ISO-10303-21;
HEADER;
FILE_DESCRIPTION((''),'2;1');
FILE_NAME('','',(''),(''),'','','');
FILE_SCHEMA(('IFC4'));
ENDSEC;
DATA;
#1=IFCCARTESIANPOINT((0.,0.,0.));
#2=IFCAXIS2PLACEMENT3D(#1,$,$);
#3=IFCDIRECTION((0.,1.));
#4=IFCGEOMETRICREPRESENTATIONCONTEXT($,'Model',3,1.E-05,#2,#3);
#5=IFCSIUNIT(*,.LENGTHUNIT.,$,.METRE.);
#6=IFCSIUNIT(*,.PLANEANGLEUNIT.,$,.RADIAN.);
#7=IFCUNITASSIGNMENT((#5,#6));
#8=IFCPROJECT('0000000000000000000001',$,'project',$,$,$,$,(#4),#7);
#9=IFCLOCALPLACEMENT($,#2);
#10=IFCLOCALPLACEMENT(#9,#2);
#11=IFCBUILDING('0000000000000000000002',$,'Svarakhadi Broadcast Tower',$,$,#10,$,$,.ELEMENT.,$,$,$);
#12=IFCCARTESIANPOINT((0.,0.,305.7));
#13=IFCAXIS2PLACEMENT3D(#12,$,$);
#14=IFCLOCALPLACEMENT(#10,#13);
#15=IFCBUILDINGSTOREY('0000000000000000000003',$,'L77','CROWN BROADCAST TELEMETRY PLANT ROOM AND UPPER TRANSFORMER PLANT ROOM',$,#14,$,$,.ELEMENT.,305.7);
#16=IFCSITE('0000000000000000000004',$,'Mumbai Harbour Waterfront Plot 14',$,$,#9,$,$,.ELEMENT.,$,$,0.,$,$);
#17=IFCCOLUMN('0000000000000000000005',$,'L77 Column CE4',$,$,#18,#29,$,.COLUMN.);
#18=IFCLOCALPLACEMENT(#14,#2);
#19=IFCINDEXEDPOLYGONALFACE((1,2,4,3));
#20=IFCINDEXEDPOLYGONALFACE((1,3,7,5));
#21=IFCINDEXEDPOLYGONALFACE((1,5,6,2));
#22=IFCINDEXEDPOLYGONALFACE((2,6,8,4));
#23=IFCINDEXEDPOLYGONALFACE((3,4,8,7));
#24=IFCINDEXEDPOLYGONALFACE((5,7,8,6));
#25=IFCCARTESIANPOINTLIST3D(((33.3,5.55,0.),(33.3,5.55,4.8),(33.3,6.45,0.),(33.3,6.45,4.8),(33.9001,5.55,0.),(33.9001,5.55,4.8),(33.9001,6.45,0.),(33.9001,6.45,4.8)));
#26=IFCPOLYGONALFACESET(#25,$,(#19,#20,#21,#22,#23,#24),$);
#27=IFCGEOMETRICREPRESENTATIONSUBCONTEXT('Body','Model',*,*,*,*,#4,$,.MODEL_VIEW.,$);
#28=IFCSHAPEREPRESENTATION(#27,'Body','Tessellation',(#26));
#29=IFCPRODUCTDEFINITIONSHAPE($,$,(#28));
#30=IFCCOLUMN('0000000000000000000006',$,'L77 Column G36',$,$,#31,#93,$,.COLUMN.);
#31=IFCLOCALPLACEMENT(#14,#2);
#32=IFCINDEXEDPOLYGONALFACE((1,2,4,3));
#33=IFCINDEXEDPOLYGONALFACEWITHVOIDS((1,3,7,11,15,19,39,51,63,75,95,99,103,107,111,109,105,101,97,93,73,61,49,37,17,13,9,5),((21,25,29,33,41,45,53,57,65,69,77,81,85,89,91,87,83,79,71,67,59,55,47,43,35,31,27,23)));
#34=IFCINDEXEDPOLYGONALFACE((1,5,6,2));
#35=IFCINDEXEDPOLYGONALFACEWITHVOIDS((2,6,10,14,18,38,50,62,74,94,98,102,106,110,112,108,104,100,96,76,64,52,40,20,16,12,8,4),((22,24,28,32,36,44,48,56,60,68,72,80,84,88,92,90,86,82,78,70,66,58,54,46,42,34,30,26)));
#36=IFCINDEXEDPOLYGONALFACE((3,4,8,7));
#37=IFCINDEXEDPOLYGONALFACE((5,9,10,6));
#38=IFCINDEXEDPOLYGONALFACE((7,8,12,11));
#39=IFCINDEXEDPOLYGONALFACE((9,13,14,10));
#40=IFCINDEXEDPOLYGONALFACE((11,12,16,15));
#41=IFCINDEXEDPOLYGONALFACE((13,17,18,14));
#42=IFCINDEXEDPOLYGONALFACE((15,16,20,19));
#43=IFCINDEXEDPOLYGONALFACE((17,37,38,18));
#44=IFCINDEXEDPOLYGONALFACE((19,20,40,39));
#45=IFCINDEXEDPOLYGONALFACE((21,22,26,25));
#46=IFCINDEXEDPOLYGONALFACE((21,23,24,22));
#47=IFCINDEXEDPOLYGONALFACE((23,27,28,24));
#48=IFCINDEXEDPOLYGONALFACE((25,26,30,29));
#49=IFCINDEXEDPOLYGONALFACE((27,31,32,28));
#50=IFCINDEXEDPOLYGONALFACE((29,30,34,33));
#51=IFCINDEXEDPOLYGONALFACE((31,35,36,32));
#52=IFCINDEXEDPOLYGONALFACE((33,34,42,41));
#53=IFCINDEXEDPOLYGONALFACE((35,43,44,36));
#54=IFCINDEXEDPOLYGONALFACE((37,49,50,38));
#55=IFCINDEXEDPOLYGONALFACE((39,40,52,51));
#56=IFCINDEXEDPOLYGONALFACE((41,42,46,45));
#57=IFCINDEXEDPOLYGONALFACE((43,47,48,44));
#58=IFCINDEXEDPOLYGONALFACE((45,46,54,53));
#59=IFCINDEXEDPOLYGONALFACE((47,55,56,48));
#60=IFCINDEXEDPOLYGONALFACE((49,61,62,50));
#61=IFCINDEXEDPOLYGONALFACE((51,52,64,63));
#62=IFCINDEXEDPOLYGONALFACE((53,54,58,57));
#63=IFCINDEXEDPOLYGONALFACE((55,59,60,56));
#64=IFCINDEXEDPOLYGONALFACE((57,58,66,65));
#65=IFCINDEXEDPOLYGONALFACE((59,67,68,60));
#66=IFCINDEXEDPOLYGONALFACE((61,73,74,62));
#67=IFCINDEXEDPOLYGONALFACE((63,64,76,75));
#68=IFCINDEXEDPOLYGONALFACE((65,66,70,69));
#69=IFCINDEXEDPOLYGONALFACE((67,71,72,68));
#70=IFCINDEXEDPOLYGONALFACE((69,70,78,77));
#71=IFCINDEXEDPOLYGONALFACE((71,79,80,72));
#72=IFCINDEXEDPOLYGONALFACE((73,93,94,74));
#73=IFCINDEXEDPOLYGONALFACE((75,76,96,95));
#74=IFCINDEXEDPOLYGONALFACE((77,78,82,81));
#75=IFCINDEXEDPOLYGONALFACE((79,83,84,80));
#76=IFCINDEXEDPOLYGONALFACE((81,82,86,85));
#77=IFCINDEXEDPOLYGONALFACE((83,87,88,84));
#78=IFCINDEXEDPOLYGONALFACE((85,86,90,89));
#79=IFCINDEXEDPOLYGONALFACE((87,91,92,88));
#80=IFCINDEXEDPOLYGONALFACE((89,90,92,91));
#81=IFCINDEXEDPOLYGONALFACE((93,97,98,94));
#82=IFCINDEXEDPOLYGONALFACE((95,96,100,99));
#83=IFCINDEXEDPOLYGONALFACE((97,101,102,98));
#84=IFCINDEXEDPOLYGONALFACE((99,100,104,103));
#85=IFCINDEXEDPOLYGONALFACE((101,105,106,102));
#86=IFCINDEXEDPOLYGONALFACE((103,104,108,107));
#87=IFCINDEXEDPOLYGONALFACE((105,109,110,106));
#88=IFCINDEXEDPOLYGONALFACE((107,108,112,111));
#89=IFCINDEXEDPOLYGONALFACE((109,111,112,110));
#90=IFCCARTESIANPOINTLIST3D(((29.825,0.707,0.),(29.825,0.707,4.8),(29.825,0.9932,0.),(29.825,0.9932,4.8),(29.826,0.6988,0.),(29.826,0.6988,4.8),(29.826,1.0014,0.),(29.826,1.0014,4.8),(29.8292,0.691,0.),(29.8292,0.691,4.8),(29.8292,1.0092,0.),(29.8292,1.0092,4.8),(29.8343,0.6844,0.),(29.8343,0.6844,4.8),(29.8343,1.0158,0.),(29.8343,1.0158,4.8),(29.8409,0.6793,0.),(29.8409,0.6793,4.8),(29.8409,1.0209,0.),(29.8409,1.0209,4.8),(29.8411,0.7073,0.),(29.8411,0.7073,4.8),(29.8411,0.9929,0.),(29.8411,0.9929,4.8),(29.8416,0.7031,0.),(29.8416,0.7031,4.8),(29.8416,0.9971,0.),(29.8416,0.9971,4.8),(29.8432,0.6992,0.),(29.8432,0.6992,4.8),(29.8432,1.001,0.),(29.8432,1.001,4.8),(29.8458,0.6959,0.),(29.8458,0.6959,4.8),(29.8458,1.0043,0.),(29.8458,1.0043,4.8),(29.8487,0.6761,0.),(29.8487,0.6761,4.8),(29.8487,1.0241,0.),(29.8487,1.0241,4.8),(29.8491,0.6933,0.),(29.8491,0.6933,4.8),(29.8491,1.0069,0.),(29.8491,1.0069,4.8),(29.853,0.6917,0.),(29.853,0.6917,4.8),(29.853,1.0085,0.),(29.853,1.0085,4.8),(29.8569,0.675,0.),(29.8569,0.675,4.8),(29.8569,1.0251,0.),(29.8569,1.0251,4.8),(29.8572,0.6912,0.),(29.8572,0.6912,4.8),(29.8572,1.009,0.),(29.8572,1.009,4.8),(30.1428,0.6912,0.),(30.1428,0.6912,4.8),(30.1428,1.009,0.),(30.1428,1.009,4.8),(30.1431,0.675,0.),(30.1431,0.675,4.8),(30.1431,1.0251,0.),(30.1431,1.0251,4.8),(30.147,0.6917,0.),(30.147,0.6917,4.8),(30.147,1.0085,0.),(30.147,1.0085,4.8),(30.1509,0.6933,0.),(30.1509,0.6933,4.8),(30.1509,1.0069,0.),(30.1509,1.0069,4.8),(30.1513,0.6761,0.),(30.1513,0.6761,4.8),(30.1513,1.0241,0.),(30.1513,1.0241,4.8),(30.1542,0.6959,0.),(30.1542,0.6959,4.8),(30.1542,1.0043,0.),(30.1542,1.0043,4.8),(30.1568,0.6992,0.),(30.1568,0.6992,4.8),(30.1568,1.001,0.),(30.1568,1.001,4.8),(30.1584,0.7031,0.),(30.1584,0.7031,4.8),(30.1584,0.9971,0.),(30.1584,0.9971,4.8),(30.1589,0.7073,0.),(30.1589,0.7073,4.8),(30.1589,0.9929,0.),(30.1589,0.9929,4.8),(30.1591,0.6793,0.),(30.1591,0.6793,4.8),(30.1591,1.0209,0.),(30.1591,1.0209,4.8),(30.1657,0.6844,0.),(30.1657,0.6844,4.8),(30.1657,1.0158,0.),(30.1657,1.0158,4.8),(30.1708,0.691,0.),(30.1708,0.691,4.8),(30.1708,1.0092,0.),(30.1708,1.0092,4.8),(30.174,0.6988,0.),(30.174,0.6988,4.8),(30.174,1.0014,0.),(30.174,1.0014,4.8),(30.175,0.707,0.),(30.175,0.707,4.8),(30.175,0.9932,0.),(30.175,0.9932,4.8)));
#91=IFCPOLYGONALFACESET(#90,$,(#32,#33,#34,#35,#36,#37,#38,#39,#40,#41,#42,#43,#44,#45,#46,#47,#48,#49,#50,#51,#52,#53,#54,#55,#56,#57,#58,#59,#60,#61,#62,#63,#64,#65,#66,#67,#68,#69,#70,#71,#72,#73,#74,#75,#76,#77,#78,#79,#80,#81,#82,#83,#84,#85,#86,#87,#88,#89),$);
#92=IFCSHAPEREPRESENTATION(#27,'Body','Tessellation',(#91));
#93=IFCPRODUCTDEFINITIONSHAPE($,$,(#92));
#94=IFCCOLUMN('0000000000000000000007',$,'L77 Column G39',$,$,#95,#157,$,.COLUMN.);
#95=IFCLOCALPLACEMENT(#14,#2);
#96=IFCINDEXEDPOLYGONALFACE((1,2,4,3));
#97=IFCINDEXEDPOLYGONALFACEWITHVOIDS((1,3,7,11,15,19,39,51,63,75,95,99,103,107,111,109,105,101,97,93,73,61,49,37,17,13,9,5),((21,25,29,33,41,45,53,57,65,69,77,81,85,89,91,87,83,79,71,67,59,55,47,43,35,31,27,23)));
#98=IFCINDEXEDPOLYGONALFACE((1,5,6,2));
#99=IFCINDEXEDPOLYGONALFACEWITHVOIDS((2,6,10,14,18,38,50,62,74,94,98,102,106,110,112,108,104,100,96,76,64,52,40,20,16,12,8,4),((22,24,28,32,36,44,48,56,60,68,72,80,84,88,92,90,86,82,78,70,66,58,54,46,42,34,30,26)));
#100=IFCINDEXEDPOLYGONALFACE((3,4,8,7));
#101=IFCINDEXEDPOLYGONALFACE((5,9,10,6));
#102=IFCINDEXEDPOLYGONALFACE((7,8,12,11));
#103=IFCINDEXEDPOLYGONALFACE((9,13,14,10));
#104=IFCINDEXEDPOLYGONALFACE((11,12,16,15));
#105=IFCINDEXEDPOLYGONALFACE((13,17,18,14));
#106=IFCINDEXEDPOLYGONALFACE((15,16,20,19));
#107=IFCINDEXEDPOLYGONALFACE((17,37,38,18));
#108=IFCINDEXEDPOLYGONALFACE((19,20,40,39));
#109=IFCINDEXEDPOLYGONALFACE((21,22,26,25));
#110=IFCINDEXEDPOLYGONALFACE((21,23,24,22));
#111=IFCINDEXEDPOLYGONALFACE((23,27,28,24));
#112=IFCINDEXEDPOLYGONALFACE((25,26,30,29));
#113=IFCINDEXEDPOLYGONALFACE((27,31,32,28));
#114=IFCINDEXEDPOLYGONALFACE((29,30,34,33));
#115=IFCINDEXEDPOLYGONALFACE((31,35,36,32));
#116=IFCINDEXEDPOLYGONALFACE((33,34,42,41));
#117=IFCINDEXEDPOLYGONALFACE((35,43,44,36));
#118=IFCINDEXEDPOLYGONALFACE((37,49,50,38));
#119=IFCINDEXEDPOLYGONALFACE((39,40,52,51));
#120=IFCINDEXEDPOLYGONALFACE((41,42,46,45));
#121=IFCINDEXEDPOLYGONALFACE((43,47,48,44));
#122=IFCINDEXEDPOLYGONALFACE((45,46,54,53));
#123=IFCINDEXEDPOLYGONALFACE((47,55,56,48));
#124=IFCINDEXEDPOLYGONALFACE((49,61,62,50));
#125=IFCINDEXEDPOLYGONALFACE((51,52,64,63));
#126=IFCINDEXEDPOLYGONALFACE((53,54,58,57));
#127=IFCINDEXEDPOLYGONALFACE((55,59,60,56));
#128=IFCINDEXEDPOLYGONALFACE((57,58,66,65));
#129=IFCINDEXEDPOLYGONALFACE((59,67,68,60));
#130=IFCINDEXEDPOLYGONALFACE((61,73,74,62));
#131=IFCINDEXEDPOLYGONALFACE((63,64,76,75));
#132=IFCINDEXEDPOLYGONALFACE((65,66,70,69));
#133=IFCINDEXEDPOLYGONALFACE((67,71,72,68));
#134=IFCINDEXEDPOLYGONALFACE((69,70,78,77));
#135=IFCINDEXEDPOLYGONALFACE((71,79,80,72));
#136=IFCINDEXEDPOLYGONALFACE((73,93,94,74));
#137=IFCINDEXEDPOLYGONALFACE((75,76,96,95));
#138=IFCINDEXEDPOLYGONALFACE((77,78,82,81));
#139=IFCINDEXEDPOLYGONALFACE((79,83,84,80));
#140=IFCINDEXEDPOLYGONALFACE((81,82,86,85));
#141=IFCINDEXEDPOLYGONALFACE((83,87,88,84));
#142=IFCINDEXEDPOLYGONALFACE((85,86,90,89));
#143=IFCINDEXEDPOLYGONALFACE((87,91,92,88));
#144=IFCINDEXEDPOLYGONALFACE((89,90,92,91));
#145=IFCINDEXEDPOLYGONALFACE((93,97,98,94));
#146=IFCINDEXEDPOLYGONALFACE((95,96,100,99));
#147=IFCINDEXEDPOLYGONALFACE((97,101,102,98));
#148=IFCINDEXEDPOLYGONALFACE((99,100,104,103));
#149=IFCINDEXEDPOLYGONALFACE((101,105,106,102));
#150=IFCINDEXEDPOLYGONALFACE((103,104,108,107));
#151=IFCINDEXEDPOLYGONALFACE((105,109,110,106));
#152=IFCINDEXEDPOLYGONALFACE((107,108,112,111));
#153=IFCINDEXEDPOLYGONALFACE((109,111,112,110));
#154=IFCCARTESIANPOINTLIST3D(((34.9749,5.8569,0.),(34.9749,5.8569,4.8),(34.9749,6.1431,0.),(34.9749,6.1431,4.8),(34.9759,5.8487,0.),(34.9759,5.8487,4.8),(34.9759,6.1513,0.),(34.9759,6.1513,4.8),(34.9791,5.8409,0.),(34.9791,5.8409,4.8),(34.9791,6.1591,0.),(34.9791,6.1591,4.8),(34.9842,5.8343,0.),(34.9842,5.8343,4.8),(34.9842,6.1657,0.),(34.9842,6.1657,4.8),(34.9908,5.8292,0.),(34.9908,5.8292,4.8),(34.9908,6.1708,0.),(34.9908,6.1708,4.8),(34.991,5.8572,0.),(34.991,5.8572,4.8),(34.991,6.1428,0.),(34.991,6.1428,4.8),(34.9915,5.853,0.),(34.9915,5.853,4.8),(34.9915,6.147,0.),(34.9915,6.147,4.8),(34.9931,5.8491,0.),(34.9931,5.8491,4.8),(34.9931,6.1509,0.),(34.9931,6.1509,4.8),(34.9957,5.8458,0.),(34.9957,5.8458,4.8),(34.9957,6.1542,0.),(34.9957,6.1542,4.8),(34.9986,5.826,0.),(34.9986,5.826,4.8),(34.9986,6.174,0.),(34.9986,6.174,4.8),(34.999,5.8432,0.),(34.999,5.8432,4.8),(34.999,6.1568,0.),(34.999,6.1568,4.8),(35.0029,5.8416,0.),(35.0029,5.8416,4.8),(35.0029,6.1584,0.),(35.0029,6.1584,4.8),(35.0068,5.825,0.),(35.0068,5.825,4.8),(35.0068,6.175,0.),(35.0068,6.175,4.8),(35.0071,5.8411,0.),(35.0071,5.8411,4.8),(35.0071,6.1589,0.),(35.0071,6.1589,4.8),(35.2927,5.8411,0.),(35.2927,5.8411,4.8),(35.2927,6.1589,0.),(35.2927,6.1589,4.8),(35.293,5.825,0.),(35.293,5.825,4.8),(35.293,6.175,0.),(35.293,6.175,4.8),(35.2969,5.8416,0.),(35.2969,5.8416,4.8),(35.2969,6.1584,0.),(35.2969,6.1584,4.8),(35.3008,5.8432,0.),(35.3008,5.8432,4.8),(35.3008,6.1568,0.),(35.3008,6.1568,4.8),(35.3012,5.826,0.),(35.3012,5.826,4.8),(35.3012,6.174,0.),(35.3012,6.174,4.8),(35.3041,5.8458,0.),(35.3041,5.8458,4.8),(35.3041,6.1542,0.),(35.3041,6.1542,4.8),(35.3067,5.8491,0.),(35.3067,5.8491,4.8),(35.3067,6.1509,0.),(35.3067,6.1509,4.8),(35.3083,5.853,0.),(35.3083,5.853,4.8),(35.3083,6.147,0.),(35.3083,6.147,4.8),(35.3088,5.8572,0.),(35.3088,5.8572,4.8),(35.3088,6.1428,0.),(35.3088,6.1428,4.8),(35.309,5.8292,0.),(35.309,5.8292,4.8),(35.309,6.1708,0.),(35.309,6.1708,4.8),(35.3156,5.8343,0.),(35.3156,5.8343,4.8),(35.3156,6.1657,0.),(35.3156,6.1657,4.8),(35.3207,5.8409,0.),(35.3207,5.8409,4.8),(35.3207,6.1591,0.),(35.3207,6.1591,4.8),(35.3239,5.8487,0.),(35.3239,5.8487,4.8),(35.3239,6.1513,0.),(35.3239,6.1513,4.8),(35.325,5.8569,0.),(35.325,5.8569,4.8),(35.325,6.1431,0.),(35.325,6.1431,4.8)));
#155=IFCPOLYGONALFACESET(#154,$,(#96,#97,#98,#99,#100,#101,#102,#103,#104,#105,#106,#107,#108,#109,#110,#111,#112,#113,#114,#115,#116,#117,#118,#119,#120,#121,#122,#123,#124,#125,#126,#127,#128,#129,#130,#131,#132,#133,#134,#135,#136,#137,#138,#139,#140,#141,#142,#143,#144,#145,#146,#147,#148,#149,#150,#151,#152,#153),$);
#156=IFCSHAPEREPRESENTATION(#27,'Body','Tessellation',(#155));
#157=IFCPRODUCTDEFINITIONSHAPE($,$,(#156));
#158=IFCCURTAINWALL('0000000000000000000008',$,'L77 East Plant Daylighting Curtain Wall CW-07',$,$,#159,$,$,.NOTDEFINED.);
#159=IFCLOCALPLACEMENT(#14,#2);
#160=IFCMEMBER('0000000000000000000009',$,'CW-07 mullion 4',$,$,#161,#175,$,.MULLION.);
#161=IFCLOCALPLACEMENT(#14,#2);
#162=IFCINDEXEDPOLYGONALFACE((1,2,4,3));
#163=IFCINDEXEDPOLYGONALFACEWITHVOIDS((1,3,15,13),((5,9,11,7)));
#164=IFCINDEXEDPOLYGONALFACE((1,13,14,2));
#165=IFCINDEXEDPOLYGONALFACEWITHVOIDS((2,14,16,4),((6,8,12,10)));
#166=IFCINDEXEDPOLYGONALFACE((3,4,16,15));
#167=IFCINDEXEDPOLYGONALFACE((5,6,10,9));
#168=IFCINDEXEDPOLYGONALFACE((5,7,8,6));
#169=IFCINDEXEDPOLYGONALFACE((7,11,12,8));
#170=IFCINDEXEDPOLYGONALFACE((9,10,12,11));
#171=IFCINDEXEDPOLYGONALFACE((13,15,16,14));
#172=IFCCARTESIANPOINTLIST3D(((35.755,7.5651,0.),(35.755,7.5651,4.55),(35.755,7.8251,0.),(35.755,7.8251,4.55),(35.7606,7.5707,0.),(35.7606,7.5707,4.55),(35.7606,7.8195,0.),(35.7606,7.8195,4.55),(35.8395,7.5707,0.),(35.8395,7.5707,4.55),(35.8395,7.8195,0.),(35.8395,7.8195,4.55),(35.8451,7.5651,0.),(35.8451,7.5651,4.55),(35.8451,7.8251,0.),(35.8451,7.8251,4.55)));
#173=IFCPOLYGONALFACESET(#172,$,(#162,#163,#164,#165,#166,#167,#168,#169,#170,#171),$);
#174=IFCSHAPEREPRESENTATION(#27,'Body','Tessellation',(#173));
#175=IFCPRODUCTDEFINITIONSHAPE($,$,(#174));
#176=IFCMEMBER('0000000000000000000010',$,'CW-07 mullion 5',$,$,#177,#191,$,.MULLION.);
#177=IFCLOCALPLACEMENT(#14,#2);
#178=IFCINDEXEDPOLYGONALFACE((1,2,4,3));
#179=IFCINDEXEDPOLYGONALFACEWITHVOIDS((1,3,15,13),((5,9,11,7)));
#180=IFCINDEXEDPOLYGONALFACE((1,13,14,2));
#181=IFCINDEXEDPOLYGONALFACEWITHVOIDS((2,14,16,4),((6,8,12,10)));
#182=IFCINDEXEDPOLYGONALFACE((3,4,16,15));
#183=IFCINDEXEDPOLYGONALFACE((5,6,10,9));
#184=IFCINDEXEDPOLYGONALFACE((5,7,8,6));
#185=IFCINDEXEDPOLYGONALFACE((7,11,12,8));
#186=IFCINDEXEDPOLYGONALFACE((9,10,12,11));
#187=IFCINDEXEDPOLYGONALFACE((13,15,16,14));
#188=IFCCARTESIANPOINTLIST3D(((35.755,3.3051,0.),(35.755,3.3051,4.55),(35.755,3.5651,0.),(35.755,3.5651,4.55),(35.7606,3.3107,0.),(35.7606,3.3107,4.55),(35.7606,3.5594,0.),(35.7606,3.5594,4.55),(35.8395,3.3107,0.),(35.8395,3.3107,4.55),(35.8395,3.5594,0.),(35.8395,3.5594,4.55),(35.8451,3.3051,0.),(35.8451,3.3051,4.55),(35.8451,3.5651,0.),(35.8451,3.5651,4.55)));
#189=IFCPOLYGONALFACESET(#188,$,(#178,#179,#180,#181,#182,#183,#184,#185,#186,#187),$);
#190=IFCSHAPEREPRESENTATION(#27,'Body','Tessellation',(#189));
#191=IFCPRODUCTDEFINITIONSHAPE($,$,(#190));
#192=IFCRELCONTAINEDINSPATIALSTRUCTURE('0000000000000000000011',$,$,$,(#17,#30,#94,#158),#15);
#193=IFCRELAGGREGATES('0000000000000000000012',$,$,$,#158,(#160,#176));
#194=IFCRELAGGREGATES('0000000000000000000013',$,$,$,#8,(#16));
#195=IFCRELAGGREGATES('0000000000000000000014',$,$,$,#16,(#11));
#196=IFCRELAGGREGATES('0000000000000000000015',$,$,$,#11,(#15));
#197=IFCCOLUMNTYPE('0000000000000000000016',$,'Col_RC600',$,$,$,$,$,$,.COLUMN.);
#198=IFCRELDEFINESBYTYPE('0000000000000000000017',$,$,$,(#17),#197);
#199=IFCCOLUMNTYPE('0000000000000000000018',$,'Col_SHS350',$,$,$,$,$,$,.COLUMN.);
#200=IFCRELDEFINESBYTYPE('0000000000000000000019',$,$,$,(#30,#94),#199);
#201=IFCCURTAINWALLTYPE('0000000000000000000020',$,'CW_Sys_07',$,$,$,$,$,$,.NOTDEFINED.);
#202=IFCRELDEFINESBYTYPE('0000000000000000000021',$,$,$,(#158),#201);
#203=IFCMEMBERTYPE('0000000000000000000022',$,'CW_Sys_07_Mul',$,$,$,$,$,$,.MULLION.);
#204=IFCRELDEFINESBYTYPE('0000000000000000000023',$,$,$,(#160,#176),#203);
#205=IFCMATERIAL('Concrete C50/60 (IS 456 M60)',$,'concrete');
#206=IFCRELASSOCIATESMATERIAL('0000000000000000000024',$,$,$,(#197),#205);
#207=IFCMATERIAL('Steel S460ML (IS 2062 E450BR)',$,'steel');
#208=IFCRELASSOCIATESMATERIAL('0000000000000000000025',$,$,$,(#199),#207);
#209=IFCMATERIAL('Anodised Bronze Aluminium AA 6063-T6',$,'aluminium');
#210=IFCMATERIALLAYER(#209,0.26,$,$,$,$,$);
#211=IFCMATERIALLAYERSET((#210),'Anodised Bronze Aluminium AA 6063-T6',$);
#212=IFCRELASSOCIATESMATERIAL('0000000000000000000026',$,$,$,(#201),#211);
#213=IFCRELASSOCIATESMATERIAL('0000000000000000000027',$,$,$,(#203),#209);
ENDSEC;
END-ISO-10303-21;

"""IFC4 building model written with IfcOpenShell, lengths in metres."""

from ifc_helpers import new_model, si_unit, direction, frame, origin, origin_2d, place, context, subcontext, project, spatial, rectangle, hollow_rectangle, extrude, material, layer, layer_set, material_profile, profile_set, type_object, element, aggregate, save


model = new_model("IFC4")

# Units and contexts
model_context = context("Model", 3, precision=1e-05, world=origin(), true_north=direction((0.0, 1.0)))
body_context = subcontext(model_context, "Body", "Model", "MODEL_VIEW")
ifc_project = project(units=[si_unit("LENGTHUNIT", "METRE"), si_unit("PLANEANGLEUNIT", "RADIAN")], contexts=[model_context])

# Site, building, storey
site_placement = place(None, origin())
site = spatial("IfcSite", under=ifc_project, at=site_placement, Name="Mumbai Harbour Waterfront Plot 14", CompositionType="ELEMENT", RefElevation=0.0)
building_placement = place(site_placement, origin())
building = spatial("IfcBuilding", under=site, at=building_placement, Name="Svarakhadi Broadcast Tower", CompositionType="ELEMENT")
storey_placement = place(building_placement, frame((0.0, 0.0, 305.7)))
storey = spatial("IfcBuildingStorey", under=building, at=storey_placement, Name="L77", Description="CROWN BROADCAST TELEMETRY PLANT ROOM AND UPPER TRANSFORMER PLANT ROOM", CompositionType="ELEMENT", Elevation=305.7)

# Columns
ifc_material_1 = material(Name="Concrete C50/60 (IS 456 M60)", Category="concrete")
ifc_material_profile_1 = material_profile(ifc_material_1, rectangle(XDim=0.6001, YDim=0.8999, at=origin_2d()), Name="RC 600x900")
ifc_profile_set_1 = profile_set([ifc_material_profile_1], Name="Concrete C50/60 (IS 456 M60)")
column_type_1 = type_object("IfcColumnType", Name="Col_RC600", PredefinedType="COLUMN", material=ifc_profile_set_1)
column_placement = place(storey_placement, frame((33.6001, 6.0, 0.0), z_axis=(0.0, 0.0, 1.0), x_axis=(1.0, 0.0, 0.0)))
element("IfcColumn", 1, at=column_placement, inside=storey, type_object=column_type_1, Name="L77 Column CE4", PredefinedType="COLUMN", context=body_context, shape_type="SweptSolid", body=[
    extrude(rectangle(XDim=0.6001, YDim=0.8999, at=origin_2d()), origin(), (0.0, 0.0, 1.0), 4.8),
])
ifc_material_2 = material(Name="Steel S460ML (IS 2062 E450BR)", Category="steel")
ifc_material_profile_2 = material_profile(ifc_material_2, hollow_rectangle(XDim=0.3501, YDim=0.3501, WallThickness=0.0161, InnerFilletRadius=0.0161, OuterFilletRadius=0.032, at=origin_2d()), Name="SHS 350x350x16")
ifc_profile_set_2 = profile_set([ifc_material_profile_2], Name="Steel S460ML (IS 2062 E450BR)")
column_type_2 = type_object("IfcColumnType", Name="Col_SHS350", PredefinedType="COLUMN", material=ifc_profile_set_2)
for number, where, z_axis, x_axis, name in (
    (2, (30.0, 0.8501, 0.0), (0.0, 0.0, 1.0), (1.0, 0.0, 0.0), "L77 Column G36"),
    (3, (35.1499, 6.0, 0.0), (0.0, 0.0, 1.0), (1.0, 0.0, 0.0), "L77 Column G39"),
):
    element("IfcColumn", number, at=place(storey_placement, frame(where, z_axis=z_axis, x_axis=x_axis)), inside=storey, type_object=column_type_2, Name=name, PredefinedType="COLUMN", context=body_context, shape_type="SweptSolid", body=[
        extrude(hollow_rectangle(XDim=0.3501, YDim=0.3501, WallThickness=0.0161, InnerFilletRadius=0.0161, OuterFilletRadius=0.032, at=origin_2d()), origin(), (0.0, 0.0, 1.0), 4.8),
    ])

# Curtain wall, members
ifc_material_3 = material(Name="Anodised Bronze Aluminium AA 6063-T6", Category="aluminium")
ifc_layer_1 = layer(ifc_material_3, 0.26)
ifc_layer_set_1 = layer_set([ifc_layer_1], Name="Anodised Bronze Aluminium AA 6063-T6")
curtain_wall_type = type_object("IfcCurtainWallType", Name="CW_Sys_07", PredefinedType="NOTDEFINED", material=ifc_layer_set_1)
curtain_wall_placement = place(storey_placement, origin())
curtain_wall = element("IfcCurtainWall", 4, at=curtain_wall_placement, inside=storey, type_object=curtain_wall_type, Name="L77 East Plant Daylighting Curtain Wall CW-07", PredefinedType="NOTDEFINED")
ifc_material_profile_3 = material_profile(ifc_material_3, hollow_rectangle(XDim=0.0901, YDim=0.26, WallThickness=0.0056, at=origin_2d()), Name="ALU MULLION 260x90x6")
ifc_profile_set_3 = profile_set([ifc_material_profile_3], Name="Anodised Bronze Aluminium AA 6063-T6")
member_type_1 = type_object("IfcMemberType", Name="CW_Sys_07_Mul", PredefinedType="MULLION", material=ifc_profile_set_3)
member_1_placement = place(storey_placement, frame((35.8, 7.6951, 0.0), z_axis=(0.0, 0.0, 1.0), x_axis=(1.0, 0.0, 0.0)))
member_1 = element("IfcMember", 5, at=member_1_placement, type_object=member_type_1, Name="CW-07 mullion 4", PredefinedType="MULLION", context=body_context, shape_type="SweptSolid", body=[
    extrude(hollow_rectangle(XDim=0.0901, YDim=0.26, WallThickness=0.0056, at=origin_2d()), origin(), (0.0, 0.0, 1.0), 4.55),
])
member_2_placement = place(storey_placement, frame((35.8, 3.4351, 0.0), z_axis=(0.0, 0.0, 1.0), x_axis=(1.0, 0.0, 0.0)))
member_2 = element("IfcMember", 6, at=member_2_placement, type_object=member_type_1, Name="CW-07 mullion 5", PredefinedType="MULLION", context=body_context, shape_type="SweptSolid", body=[
    extrude(hollow_rectangle(XDim=0.0901, YDim=0.26, WallThickness=0.0056, at=origin_2d()), origin(), (0.0, 0.0, 1.0), 4.55),
])

aggregate(curtain_wall, [member_1, member_2])

save(model, "model.ifc")
